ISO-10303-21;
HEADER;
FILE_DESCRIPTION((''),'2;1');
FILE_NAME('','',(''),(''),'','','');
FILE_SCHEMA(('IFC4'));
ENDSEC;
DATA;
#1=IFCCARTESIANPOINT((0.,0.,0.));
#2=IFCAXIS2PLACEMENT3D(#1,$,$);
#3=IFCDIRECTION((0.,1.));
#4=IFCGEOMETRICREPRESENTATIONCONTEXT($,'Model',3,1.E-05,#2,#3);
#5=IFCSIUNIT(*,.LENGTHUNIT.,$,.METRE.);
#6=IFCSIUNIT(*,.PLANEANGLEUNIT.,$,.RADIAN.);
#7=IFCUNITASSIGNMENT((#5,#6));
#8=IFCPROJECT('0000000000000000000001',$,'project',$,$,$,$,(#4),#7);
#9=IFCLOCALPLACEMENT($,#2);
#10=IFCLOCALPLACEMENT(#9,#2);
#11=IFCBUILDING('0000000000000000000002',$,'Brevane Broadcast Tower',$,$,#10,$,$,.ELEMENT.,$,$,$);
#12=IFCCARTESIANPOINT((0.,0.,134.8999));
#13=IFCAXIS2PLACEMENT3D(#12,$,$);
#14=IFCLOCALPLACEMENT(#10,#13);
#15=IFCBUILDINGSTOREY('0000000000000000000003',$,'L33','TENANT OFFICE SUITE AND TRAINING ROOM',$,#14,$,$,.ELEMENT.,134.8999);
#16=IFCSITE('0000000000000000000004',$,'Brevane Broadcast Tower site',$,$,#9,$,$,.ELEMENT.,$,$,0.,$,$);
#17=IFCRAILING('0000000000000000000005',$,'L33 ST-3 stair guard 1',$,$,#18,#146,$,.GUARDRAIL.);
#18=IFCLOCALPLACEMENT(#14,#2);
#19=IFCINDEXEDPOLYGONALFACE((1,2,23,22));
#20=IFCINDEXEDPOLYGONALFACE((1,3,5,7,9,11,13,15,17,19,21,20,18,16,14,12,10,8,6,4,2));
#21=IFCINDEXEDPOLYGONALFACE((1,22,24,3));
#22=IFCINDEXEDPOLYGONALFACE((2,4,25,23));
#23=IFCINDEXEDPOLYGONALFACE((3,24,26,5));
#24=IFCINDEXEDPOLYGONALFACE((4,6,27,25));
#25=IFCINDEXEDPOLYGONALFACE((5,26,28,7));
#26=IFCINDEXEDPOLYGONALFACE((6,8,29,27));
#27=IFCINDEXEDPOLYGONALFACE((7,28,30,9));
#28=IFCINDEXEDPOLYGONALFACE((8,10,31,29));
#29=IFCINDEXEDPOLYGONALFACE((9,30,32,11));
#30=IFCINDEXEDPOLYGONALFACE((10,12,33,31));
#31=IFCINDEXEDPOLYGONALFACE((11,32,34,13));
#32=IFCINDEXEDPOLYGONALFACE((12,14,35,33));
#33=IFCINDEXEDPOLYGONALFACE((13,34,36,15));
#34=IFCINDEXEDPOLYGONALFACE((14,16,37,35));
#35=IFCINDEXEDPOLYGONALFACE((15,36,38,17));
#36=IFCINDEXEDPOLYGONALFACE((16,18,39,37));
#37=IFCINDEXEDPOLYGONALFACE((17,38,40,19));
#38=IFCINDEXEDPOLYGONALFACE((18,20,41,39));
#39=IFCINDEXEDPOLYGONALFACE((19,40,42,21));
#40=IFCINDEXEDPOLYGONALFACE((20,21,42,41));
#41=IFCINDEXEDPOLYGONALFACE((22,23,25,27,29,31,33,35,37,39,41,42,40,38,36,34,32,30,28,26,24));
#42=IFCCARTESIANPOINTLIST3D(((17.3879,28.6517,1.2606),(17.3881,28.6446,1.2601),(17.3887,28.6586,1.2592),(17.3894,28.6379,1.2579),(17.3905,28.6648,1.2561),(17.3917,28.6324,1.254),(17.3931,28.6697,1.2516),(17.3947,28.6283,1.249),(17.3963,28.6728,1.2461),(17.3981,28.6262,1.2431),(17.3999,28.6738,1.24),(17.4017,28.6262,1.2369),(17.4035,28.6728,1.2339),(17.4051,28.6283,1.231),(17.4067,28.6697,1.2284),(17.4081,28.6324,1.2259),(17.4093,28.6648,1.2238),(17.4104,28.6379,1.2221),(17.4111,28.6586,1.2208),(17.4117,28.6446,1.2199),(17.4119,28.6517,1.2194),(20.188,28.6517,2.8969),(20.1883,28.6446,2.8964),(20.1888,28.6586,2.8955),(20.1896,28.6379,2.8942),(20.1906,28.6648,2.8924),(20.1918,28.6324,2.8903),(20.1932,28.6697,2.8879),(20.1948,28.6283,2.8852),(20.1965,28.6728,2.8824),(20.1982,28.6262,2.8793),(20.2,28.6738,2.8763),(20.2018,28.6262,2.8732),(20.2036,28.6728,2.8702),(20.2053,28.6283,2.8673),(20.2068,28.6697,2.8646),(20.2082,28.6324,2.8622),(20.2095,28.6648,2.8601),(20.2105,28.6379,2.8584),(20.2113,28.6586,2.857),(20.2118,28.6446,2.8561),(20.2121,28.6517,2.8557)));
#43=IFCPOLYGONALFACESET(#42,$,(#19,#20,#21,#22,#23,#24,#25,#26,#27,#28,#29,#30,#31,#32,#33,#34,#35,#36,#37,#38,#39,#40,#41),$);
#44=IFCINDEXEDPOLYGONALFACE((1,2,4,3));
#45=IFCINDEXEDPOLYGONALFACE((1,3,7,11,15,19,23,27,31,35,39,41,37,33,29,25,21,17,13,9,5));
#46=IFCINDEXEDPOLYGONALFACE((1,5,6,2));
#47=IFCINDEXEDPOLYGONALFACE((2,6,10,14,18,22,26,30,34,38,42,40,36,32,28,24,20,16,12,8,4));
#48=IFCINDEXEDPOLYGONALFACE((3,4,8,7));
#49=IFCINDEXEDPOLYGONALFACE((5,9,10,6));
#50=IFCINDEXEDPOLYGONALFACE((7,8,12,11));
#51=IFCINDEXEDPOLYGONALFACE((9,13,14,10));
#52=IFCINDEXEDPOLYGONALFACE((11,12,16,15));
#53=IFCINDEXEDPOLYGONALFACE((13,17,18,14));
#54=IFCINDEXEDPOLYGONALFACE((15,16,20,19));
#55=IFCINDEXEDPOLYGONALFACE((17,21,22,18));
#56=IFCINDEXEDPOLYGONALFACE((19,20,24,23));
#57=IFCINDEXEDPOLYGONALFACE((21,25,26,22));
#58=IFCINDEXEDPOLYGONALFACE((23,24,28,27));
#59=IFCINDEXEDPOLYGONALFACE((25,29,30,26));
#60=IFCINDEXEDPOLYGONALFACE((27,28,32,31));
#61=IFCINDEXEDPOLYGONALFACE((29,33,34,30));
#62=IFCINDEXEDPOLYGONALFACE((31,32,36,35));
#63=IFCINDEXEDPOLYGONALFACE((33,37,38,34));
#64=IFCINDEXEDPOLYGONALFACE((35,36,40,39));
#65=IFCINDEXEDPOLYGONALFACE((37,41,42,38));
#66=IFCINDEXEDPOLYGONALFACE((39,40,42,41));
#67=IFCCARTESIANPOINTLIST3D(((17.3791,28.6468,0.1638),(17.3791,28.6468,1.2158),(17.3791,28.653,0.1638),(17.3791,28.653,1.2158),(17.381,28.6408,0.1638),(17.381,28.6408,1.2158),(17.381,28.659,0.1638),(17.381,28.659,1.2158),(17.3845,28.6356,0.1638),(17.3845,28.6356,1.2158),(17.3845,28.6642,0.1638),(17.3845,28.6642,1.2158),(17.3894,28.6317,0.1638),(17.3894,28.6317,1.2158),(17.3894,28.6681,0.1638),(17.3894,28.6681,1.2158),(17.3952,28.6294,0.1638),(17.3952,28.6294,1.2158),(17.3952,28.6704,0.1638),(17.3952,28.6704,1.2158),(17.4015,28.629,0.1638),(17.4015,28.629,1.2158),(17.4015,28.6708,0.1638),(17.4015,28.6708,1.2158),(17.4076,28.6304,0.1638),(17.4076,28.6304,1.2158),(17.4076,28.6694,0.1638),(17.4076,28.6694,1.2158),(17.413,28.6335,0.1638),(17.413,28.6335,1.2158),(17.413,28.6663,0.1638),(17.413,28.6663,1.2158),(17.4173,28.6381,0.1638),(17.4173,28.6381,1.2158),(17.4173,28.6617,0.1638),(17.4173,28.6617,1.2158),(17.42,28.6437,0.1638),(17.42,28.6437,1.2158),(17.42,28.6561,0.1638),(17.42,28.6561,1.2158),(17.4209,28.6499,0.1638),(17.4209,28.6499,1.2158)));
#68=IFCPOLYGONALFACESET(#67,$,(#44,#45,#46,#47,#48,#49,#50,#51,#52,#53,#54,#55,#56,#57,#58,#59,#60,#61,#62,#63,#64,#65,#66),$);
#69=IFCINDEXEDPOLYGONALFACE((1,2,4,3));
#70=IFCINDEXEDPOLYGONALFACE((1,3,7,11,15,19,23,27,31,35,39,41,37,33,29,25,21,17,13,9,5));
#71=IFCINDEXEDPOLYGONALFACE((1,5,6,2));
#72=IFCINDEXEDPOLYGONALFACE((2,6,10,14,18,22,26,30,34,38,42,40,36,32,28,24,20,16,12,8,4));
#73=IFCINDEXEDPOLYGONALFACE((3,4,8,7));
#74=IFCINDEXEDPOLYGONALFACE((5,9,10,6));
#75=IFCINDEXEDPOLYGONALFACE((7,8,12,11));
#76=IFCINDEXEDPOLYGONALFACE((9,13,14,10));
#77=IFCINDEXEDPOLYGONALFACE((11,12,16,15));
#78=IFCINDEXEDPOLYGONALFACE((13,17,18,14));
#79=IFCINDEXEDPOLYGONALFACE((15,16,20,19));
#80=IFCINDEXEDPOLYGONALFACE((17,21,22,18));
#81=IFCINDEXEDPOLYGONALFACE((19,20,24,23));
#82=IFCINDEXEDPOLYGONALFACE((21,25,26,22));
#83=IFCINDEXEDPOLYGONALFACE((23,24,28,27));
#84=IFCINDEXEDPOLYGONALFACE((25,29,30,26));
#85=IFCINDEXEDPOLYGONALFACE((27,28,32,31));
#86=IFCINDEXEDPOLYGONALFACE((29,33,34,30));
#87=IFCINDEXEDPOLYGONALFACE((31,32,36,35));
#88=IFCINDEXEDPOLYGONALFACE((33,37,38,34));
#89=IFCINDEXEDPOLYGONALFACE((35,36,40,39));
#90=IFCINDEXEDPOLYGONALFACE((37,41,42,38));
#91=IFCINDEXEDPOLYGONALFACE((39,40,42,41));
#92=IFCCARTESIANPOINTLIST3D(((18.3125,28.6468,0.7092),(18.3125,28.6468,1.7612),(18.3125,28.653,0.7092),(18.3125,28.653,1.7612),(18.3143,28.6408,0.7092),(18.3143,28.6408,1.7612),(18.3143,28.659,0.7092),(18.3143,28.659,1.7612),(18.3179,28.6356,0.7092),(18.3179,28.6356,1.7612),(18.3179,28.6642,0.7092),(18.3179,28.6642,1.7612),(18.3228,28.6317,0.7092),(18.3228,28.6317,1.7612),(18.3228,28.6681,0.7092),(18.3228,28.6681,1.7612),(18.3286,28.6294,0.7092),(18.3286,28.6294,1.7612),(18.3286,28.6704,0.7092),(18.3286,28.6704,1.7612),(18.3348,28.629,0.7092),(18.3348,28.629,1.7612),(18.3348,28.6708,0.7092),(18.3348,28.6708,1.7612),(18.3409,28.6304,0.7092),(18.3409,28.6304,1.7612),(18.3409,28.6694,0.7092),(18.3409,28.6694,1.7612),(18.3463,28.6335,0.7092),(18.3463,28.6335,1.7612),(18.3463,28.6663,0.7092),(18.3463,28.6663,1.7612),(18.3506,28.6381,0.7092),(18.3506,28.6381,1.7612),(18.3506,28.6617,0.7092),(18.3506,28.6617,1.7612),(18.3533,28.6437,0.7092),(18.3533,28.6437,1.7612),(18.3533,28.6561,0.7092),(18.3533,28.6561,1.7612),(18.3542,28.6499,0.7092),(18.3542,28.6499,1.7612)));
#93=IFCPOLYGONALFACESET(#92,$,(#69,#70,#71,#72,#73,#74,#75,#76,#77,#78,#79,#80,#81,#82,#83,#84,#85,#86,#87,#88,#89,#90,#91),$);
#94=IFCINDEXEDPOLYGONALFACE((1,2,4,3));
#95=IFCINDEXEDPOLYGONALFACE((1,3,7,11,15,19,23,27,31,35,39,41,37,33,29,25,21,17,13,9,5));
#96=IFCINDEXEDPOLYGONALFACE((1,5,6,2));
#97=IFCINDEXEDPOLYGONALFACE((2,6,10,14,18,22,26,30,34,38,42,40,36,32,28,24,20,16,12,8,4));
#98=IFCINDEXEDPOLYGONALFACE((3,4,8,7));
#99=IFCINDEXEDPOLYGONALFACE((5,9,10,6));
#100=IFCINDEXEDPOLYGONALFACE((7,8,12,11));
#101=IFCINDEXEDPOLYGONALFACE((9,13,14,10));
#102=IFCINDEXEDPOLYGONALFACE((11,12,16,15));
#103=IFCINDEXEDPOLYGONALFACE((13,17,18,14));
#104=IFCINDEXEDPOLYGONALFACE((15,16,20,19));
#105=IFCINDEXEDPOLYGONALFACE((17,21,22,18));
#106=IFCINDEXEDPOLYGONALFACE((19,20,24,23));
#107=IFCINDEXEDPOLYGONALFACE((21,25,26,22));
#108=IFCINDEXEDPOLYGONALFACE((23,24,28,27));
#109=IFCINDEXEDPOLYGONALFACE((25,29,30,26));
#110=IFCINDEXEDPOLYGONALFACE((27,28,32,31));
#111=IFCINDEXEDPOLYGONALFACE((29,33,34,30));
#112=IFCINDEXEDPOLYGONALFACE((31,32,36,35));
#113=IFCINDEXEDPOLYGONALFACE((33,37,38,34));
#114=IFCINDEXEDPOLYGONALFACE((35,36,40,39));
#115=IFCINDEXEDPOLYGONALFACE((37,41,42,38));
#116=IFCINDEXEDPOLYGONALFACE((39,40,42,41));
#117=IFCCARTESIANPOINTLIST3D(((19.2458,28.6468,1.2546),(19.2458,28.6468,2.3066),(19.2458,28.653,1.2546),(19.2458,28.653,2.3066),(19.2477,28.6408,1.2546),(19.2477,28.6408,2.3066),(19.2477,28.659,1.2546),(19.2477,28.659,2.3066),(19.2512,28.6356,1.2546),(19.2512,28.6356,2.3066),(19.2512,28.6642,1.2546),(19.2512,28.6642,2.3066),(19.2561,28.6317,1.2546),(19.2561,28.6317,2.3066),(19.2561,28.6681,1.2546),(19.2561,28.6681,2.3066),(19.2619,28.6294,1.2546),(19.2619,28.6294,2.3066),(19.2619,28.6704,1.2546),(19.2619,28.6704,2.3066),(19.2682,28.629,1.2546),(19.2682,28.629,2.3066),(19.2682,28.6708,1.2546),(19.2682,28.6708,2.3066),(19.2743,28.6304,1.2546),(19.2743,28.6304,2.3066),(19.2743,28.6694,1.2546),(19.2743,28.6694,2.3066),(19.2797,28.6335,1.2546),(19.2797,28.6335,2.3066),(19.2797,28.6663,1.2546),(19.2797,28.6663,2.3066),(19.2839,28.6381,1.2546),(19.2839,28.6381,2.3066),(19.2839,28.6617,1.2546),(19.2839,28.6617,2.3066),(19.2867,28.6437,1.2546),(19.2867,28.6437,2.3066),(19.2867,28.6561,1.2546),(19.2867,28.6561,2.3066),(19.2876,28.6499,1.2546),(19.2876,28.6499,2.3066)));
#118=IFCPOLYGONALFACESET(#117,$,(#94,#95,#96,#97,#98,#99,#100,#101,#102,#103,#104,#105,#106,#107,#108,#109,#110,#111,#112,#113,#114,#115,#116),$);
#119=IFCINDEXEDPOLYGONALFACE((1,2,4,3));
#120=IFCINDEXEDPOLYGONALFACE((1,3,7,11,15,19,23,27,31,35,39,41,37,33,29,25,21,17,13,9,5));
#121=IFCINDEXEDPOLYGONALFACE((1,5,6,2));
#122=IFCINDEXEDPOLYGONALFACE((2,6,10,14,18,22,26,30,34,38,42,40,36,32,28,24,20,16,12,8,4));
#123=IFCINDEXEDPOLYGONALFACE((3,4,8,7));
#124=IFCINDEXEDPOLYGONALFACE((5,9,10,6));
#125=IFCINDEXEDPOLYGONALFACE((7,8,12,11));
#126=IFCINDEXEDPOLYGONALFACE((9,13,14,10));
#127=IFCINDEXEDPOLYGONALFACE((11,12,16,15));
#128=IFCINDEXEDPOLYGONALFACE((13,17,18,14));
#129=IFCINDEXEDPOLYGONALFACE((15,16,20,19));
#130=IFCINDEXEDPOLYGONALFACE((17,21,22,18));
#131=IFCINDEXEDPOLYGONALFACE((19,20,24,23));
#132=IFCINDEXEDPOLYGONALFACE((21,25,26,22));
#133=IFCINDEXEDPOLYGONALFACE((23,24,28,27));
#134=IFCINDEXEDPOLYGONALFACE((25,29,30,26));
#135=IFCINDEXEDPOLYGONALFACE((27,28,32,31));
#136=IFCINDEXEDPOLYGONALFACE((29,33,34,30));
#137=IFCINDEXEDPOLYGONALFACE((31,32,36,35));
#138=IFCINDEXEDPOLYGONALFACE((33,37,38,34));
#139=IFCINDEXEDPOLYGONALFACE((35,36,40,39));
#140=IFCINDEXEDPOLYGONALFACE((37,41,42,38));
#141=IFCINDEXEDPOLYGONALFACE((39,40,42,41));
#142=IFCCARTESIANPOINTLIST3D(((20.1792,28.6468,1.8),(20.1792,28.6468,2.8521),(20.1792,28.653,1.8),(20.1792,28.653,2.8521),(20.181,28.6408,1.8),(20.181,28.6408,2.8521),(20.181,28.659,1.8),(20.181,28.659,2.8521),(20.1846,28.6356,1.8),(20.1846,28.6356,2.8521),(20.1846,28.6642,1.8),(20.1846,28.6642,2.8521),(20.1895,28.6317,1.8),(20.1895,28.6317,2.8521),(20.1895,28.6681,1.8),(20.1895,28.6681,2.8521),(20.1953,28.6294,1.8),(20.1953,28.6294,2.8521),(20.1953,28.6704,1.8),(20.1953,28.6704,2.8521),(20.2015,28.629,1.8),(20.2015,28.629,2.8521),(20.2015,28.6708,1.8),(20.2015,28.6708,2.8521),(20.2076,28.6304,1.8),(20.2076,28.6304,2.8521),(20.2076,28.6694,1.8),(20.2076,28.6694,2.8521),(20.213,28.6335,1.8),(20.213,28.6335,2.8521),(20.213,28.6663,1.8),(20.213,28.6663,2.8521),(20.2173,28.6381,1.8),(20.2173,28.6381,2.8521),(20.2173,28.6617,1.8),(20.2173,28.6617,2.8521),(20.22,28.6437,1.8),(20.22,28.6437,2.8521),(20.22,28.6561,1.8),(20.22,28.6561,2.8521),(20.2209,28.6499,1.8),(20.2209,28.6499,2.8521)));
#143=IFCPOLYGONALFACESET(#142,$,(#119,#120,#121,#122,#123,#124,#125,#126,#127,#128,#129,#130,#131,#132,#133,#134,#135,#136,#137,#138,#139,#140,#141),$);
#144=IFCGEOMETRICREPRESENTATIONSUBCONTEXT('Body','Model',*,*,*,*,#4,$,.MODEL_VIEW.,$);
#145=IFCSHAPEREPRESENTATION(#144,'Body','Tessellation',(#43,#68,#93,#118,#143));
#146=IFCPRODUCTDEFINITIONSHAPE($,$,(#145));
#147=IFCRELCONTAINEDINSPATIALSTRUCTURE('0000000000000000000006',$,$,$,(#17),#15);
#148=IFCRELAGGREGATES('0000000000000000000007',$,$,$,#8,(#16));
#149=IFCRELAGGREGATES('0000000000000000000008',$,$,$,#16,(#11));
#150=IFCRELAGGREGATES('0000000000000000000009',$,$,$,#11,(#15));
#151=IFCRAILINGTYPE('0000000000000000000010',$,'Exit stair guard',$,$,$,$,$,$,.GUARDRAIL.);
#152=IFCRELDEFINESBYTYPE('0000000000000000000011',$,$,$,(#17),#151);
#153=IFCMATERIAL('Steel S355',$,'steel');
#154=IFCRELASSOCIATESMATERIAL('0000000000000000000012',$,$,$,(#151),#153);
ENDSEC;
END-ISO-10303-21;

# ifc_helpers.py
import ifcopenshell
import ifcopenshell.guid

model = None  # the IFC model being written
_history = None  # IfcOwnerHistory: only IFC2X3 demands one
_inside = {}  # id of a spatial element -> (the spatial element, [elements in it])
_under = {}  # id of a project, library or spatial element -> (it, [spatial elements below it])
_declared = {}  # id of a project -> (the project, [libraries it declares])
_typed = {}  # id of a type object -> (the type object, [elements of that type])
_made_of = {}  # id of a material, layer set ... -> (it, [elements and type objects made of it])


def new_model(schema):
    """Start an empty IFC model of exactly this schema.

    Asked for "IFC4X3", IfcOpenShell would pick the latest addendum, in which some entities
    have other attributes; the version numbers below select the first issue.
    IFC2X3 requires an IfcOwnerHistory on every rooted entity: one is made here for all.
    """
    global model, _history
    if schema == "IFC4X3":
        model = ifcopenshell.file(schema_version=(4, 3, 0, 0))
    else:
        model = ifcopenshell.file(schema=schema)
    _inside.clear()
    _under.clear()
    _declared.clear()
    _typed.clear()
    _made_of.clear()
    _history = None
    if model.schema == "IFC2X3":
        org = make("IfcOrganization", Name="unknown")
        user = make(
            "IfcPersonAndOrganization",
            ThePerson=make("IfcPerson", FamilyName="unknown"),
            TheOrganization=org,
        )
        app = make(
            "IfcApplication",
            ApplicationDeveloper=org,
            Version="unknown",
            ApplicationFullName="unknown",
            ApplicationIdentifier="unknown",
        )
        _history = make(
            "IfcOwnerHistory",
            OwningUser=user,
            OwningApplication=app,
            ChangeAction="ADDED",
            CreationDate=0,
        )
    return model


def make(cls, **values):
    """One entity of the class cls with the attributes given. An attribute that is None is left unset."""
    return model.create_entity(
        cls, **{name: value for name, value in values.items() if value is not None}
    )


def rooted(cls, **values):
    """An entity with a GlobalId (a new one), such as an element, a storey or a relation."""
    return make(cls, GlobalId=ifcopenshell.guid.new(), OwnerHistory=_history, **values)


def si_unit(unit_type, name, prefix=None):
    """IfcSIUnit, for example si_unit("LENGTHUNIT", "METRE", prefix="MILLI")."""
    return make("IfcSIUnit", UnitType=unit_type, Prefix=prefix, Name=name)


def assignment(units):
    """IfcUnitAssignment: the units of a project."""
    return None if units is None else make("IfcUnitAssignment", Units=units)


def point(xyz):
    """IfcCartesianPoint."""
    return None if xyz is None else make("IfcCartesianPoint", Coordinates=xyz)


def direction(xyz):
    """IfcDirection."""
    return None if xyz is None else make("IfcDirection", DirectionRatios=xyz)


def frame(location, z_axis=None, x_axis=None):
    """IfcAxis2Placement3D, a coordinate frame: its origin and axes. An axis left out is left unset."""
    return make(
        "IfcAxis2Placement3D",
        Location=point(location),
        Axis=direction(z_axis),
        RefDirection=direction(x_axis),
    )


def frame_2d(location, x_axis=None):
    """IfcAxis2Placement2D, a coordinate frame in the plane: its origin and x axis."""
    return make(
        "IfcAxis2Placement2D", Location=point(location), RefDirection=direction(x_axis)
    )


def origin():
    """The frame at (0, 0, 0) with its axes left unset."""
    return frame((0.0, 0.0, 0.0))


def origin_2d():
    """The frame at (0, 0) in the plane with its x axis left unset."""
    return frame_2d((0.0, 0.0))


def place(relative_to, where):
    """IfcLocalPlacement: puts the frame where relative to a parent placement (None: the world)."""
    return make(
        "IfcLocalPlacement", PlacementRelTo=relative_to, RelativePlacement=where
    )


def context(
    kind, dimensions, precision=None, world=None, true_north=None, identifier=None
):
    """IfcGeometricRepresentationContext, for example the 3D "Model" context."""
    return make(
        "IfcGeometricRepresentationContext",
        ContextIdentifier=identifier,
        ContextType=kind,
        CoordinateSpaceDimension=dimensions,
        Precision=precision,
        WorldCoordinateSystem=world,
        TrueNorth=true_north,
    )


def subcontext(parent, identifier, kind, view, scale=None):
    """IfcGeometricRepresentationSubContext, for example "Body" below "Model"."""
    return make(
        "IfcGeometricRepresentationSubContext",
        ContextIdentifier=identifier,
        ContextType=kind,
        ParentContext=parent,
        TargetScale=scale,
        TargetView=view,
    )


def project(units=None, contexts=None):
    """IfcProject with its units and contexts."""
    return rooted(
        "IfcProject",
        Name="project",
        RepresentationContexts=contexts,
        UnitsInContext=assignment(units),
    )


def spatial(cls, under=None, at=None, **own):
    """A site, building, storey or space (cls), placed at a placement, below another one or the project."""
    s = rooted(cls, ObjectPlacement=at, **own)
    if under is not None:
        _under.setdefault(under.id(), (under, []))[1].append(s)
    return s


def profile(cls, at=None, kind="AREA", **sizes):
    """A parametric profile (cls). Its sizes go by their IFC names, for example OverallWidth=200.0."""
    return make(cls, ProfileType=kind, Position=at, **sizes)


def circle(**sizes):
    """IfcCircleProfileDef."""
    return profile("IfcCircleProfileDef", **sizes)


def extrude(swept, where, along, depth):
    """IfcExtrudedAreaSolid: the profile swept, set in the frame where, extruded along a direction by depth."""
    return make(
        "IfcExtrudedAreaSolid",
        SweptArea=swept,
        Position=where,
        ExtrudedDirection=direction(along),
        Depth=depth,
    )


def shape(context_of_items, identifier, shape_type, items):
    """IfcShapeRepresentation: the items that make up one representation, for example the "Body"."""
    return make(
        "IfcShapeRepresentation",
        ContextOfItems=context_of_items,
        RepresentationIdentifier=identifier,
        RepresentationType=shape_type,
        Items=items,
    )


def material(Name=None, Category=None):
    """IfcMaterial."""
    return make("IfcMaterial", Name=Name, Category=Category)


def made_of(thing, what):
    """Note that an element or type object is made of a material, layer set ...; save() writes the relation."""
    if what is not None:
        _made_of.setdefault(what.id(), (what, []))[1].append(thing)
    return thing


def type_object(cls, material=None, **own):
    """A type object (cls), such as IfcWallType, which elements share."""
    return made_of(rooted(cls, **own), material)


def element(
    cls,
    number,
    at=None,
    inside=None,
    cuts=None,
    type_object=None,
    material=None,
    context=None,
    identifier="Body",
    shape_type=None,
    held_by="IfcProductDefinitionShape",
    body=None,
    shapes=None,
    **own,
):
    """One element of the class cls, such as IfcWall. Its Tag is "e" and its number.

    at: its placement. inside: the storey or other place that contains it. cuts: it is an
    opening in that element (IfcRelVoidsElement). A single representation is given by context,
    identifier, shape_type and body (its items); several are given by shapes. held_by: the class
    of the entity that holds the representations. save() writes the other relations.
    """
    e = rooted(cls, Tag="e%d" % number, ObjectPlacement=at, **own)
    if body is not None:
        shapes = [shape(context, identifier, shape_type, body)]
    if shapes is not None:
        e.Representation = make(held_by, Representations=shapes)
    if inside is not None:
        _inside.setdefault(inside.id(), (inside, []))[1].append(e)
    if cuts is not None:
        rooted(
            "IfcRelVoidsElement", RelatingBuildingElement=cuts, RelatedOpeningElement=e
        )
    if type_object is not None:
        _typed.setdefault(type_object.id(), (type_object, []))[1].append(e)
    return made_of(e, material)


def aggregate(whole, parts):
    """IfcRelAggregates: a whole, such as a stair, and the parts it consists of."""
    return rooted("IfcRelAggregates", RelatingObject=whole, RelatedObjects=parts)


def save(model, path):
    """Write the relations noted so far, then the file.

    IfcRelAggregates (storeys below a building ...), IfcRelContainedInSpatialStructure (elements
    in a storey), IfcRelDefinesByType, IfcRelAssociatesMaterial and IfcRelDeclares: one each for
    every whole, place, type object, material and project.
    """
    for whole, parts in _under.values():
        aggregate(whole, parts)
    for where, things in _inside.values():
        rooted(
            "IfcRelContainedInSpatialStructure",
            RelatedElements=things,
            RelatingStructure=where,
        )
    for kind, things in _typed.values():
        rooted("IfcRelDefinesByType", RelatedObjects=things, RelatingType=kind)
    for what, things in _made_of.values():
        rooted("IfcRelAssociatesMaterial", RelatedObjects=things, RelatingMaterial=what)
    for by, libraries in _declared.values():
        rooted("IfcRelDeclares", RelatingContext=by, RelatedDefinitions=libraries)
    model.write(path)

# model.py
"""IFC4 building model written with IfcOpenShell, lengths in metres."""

from ifc_helpers import new_model, si_unit, direction, frame, origin, origin_2d, place, context, subcontext, project, spatial, circle, extrude, material, type_object, element, save


model = new_model("IFC4")

# Units and contexts
model_context = context("Model", 3, precision=1e-05, world=origin(), true_north=direction((0.0, 1.0)))
body_context = subcontext(model_context, "Body", "Model", "MODEL_VIEW")
ifc_project = project(units=[si_unit("LENGTHUNIT", "METRE"), si_unit("PLANEANGLEUNIT", "RADIAN")], contexts=[model_context])

# Site, building, storey
site_placement = place(None, origin())
site = spatial("IfcSite", under=ifc_project, at=site_placement, Name="Brevane Broadcast Tower site", CompositionType="ELEMENT", RefElevation=0.0)
building_placement = place(site_placement, origin())
building = spatial("IfcBuilding", under=site, at=building_placement, Name="Brevane Broadcast Tower", CompositionType="ELEMENT")
storey_placement = place(building_placement, frame((0.0, 0.0, 134.8999)))
storey = spatial("IfcBuildingStorey", under=building, at=storey_placement, Name="L33", Description="TENANT OFFICE SUITE AND TRAINING ROOM", CompositionType="ELEMENT", Elevation=134.8999)

# Railing
ifc_material_1 = material(Name="Steel S355", Category="steel")
railing_type_1 = type_object("IfcRailingType", Name="Exit stair guard", PredefinedType="GUARDRAIL", material=ifc_material_1)
railing_1_placement = place(storey_placement, frame((17.3999, 28.6499, 0.1638)))
element("IfcRailing", 1, at=railing_1_placement, inside=storey, type_object=railing_type_1, Name="L33 ST-3 stair guard 1", PredefinedType="GUARDRAIL", context=body_context, shape_type="SweptSolid", body=[
    extrude(circle(Radius=0.0239, at=origin_2d()), frame((0.0, 0.0, 1.0762), z_axis=(0.863394, 0.0, 0.504531), x_axis=(0.0, 1.0, 0.0)), (0.0, 0.0, 1.0), 3.2432),
    extrude(circle(Radius=0.021, at=origin_2d()), origin(), (0.0, 0.0, 1.0), 1.052),
    extrude(circle(Radius=0.021, at=origin_2d()), frame((0.9333, 0.0, 0.5454)), (0.0, 0.0, 1.0), 1.052),
    extrude(circle(Radius=0.021, at=origin_2d()), frame((1.8667, 0.0, 1.0908)), (0.0, 0.0, 1.0), 1.052),
    extrude(circle(Radius=0.021, at=origin_2d()), frame((2.8, 0.0, 1.6362)), (0.0, 0.0, 1.0), 1.052),
])

save(model, "model.ifc")
